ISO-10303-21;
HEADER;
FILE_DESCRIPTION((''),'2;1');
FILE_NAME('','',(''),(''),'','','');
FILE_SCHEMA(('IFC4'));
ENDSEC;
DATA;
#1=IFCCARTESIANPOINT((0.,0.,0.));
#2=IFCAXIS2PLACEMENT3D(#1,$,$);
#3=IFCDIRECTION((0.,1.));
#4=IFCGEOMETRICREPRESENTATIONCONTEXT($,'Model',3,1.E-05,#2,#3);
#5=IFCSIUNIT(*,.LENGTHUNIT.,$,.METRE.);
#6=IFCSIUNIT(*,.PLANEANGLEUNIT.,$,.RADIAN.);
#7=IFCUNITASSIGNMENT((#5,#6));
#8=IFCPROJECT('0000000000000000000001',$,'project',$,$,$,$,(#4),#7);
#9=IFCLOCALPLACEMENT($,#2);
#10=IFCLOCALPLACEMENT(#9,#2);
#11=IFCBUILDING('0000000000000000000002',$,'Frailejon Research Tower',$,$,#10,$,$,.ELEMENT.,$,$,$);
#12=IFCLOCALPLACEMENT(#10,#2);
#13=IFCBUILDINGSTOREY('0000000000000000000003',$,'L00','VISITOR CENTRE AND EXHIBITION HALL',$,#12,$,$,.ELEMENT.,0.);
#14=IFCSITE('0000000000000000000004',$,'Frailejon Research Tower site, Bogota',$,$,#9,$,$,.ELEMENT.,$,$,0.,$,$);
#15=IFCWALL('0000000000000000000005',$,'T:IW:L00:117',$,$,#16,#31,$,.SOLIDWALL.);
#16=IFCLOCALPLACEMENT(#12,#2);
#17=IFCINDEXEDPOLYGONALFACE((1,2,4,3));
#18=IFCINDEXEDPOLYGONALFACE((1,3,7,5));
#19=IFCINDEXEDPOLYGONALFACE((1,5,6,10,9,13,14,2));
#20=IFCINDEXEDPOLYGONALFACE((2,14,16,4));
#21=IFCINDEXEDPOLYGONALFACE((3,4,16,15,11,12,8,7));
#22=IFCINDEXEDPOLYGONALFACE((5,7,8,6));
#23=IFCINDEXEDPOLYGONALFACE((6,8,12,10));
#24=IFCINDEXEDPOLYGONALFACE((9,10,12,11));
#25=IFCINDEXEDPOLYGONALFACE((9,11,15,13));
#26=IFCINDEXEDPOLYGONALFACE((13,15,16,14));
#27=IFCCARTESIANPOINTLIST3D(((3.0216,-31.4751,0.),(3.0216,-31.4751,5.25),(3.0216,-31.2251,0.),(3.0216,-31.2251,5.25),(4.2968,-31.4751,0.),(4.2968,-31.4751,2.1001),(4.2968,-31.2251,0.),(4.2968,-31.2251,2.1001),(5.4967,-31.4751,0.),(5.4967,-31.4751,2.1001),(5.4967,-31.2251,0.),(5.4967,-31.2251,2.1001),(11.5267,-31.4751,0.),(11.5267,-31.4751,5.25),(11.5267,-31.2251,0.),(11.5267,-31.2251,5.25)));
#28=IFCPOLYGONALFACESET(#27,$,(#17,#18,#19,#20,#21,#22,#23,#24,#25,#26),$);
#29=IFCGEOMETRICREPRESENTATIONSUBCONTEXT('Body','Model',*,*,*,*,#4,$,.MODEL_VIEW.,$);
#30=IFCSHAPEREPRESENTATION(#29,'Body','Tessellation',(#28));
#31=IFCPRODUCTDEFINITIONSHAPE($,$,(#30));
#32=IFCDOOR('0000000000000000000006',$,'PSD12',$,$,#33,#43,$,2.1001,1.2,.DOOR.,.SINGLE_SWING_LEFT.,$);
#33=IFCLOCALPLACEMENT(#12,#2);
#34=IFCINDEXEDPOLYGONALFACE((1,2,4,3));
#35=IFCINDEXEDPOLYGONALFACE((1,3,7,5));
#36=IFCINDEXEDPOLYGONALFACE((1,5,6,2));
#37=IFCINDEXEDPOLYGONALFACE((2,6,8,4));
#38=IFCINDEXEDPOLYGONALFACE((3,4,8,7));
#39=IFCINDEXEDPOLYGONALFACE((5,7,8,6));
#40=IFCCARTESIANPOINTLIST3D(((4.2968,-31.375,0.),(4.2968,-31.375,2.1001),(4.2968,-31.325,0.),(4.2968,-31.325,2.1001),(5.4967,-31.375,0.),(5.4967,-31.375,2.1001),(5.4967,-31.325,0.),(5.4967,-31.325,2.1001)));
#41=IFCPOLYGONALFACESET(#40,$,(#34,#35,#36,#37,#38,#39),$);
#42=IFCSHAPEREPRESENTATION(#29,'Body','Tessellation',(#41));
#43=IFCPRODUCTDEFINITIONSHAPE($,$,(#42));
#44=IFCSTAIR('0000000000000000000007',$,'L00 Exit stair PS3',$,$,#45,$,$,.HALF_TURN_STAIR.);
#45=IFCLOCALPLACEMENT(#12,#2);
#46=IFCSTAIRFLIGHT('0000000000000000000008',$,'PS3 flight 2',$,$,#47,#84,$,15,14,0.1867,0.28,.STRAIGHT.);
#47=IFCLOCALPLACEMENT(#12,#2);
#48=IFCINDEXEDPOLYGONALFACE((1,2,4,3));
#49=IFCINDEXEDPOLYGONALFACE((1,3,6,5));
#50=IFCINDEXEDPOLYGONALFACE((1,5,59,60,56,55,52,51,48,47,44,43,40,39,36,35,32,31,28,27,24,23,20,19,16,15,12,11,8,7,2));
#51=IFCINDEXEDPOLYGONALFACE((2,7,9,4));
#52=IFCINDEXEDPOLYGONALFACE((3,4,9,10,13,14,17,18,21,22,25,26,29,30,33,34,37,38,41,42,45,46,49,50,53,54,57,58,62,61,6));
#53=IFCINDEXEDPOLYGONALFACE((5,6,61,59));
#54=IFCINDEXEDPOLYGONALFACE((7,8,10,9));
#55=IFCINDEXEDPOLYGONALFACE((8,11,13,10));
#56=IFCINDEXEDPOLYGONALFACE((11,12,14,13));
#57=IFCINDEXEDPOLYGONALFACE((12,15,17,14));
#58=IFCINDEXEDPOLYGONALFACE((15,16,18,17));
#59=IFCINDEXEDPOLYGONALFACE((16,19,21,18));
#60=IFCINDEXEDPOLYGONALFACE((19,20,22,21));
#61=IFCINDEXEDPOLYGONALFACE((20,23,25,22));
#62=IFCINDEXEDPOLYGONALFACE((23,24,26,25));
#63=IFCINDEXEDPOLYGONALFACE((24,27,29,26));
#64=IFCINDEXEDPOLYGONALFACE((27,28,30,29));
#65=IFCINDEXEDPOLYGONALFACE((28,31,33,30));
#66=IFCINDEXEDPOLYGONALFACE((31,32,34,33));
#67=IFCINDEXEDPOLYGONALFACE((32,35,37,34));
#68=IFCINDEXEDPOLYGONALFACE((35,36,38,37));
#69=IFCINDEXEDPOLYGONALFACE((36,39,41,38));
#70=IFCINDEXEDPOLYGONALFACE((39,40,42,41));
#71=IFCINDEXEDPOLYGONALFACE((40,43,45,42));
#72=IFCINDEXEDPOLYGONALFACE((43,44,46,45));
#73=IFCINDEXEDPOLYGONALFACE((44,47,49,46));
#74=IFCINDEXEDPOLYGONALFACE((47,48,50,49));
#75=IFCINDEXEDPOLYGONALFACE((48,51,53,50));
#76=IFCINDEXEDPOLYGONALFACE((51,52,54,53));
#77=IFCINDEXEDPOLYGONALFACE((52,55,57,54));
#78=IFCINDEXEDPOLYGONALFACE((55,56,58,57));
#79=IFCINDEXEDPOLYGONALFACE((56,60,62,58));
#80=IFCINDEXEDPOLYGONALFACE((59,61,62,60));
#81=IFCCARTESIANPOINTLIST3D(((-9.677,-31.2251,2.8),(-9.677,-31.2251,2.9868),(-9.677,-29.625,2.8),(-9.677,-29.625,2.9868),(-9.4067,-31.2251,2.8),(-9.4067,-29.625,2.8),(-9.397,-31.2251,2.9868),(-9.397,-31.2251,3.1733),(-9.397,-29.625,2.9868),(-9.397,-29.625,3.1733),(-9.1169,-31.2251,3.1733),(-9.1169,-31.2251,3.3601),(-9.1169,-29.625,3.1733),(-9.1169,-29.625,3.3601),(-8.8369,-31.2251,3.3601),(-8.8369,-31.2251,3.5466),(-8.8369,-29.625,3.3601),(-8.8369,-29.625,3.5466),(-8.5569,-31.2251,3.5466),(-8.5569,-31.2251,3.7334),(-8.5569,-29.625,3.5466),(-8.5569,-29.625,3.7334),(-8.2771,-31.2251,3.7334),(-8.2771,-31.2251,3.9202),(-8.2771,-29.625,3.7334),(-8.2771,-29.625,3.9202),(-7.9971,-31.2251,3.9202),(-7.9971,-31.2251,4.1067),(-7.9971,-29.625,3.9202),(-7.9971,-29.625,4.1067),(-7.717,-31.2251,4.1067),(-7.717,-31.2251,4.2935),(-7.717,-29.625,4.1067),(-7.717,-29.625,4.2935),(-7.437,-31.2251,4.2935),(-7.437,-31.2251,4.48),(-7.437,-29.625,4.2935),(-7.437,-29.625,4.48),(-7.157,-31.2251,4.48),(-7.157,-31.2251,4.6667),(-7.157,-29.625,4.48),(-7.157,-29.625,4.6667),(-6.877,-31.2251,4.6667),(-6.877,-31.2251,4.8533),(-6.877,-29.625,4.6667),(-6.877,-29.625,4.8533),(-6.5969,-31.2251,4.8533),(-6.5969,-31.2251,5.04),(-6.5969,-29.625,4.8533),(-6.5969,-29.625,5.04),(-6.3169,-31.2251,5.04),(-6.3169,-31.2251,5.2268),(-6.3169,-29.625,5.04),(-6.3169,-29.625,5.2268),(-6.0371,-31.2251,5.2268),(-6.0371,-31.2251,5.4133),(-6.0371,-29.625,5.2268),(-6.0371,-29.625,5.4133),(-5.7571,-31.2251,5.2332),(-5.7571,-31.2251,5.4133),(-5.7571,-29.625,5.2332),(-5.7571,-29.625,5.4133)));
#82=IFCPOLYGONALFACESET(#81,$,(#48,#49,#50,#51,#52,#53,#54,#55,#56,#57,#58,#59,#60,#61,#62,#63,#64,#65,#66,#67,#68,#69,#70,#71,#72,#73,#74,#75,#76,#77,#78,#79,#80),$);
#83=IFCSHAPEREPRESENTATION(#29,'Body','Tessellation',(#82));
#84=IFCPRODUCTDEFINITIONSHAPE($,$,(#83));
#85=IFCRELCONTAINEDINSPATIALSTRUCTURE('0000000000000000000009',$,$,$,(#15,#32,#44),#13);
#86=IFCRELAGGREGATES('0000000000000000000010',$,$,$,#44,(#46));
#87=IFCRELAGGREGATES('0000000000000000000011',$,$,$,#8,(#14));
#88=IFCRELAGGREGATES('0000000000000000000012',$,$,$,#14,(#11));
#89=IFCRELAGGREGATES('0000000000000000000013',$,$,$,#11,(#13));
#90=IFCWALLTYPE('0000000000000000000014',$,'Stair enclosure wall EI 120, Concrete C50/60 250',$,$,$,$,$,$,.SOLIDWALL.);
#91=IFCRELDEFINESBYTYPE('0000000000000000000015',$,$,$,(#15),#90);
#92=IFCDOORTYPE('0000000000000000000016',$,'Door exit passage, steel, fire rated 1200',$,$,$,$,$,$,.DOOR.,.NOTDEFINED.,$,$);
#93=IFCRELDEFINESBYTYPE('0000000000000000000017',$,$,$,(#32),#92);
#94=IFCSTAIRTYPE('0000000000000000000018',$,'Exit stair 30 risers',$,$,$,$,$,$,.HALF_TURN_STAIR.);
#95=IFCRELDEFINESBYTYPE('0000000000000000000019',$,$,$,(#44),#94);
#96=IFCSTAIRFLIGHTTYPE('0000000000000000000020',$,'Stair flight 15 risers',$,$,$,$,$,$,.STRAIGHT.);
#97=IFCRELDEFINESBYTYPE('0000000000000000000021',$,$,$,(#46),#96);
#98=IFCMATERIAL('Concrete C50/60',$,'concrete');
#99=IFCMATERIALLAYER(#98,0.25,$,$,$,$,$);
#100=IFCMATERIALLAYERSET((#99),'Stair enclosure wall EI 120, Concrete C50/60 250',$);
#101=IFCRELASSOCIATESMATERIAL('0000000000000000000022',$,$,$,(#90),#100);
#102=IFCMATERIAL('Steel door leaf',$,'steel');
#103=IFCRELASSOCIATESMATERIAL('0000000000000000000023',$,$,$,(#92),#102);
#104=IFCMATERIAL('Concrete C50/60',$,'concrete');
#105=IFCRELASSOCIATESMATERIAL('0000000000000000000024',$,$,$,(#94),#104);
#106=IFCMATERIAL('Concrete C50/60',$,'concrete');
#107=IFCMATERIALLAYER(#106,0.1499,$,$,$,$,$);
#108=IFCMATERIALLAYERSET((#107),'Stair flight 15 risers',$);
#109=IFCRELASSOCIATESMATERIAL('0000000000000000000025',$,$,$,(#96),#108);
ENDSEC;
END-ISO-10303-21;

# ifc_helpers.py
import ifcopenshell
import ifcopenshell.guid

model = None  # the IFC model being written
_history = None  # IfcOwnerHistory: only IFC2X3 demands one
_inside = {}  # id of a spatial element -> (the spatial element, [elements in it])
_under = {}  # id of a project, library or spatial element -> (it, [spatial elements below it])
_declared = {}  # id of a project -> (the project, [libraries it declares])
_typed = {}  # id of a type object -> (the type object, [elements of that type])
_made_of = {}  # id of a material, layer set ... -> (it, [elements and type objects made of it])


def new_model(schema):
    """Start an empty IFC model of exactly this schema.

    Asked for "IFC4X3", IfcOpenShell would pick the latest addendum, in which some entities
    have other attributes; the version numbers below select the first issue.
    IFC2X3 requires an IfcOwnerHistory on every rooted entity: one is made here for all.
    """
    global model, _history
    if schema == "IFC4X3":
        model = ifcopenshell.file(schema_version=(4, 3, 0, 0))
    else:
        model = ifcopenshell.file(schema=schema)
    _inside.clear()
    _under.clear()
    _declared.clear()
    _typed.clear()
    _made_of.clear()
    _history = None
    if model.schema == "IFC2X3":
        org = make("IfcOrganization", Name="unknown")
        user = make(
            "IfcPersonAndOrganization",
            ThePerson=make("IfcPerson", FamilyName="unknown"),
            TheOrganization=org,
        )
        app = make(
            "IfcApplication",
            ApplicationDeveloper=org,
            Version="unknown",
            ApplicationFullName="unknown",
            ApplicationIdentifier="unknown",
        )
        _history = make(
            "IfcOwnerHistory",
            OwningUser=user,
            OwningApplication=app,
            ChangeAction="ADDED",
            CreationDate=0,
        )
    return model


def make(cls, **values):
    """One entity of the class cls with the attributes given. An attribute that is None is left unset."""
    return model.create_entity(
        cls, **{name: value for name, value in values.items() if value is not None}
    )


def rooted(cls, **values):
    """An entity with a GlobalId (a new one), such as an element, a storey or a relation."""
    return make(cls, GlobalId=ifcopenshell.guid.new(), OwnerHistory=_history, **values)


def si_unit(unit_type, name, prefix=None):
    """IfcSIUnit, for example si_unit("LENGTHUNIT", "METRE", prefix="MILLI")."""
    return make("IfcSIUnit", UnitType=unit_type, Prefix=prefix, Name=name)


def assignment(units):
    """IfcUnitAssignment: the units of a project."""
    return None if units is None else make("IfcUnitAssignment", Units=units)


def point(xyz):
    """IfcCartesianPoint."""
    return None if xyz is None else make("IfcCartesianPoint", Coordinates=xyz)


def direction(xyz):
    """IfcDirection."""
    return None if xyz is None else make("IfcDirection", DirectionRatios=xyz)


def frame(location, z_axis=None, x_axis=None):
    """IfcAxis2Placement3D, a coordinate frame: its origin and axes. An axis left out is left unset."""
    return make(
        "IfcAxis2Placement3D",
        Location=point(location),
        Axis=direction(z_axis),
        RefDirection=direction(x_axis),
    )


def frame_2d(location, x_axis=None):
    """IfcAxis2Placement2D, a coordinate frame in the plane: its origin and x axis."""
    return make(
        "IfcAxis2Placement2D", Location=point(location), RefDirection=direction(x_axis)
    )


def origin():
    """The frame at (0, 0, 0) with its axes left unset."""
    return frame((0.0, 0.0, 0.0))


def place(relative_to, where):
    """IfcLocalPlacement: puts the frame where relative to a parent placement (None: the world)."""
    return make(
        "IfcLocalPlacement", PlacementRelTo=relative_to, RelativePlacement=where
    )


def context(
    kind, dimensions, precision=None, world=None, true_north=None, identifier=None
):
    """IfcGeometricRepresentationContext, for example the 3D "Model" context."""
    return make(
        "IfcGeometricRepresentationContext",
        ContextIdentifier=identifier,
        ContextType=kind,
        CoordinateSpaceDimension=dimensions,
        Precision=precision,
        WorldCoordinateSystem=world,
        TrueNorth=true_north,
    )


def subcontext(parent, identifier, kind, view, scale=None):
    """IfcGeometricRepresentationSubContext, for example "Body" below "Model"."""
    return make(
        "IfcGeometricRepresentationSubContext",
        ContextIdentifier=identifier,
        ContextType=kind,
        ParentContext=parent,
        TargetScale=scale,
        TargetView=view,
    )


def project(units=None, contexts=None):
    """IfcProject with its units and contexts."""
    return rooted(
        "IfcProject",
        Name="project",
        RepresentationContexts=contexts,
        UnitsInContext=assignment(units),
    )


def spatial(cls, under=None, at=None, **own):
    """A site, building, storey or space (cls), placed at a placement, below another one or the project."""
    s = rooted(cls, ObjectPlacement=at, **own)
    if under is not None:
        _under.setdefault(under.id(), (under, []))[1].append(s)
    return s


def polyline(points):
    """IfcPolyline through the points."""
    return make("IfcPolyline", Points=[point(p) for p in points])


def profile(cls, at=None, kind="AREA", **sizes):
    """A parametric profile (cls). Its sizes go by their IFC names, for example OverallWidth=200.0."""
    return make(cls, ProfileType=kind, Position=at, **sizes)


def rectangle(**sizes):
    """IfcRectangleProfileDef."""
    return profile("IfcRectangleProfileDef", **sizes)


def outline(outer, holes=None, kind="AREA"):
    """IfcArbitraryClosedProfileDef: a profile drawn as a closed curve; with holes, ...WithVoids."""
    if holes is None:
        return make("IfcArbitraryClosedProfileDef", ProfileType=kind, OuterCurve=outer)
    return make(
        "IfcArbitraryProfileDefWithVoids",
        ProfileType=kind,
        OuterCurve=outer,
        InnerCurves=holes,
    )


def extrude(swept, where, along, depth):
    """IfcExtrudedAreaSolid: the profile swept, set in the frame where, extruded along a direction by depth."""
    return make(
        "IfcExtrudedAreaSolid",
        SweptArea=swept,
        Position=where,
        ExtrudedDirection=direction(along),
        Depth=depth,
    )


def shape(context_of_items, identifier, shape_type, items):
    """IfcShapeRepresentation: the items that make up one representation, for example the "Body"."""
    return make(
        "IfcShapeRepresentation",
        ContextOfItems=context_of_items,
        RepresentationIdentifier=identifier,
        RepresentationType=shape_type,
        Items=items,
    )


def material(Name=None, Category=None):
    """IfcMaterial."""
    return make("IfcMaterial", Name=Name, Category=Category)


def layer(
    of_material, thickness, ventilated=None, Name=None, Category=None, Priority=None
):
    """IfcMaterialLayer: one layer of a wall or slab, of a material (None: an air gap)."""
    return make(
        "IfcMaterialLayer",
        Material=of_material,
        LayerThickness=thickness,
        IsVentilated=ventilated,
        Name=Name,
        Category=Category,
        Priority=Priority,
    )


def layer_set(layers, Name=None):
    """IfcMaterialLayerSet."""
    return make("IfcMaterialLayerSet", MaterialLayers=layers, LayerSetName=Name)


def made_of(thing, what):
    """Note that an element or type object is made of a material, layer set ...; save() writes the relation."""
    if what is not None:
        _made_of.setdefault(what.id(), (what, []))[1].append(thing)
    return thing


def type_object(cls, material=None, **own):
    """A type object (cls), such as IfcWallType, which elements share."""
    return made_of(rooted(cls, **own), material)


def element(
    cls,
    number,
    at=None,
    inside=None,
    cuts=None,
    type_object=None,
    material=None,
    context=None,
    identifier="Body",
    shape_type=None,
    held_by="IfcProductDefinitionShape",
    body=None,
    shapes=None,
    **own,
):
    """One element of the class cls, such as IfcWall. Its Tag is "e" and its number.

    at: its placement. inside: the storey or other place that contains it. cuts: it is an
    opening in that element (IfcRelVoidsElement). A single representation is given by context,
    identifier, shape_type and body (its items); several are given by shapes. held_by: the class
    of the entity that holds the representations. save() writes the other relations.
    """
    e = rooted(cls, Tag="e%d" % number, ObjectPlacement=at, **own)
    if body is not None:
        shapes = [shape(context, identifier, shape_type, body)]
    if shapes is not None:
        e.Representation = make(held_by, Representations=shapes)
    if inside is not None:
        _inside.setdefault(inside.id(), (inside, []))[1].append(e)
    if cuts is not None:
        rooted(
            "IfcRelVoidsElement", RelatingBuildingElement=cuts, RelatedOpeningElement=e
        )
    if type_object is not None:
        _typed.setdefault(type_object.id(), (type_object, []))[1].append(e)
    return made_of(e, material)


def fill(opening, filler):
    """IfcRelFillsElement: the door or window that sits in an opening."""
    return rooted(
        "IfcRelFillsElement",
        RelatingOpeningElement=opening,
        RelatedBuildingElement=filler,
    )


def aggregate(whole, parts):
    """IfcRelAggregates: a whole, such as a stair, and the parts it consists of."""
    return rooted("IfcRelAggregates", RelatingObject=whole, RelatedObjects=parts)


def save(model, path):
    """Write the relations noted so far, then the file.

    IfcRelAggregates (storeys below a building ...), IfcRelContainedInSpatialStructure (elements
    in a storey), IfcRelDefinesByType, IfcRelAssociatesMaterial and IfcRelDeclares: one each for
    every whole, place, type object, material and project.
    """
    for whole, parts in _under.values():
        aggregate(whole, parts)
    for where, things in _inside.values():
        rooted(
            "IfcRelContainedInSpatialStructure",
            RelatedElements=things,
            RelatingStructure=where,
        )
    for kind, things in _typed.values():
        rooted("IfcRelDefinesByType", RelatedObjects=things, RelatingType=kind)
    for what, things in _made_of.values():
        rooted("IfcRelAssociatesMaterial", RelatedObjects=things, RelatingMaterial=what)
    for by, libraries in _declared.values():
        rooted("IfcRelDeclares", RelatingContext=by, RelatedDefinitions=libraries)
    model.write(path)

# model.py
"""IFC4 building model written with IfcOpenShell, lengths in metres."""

from ifc_helpers import new_model, si_unit, direction, frame, frame_2d, origin, place, context, subcontext, project, spatial, polyline, rectangle, outline, extrude, material, layer, layer_set, type_object, element, fill, aggregate, save


model = new_model("IFC4")

# Units and contexts
model_context = context("Model", 3, precision=1e-05, world=origin(), true_north=direction((0.0, 1.0)))
body_context = subcontext(model_context, "Body", "Model", "MODEL_VIEW")
ifc_project = project(units=[si_unit("LENGTHUNIT", "METRE"), si_unit("PLANEANGLEUNIT", "RADIAN")], contexts=[model_context])

# Site, building, storey
site_placement = place(None, origin())
site = spatial("IfcSite", under=ifc_project, at=site_placement, Name="Frailejon Research Tower site, Bogota", CompositionType="ELEMENT", RefElevation=0.0)
building_placement = place(site_placement, origin())
building = spatial("IfcBuilding", under=site, at=building_placement, Name="Frailejon Research Tower", CompositionType="ELEMENT")
storey_placement = place(building_placement, origin())
storey = spatial("IfcBuildingStorey", under=building, at=storey_placement, Name="L00", Description="VISITOR CENTRE AND EXHIBITION HALL", CompositionType="ELEMENT", Elevation=0.0)

# Shared definitions
ifc_material_1 = material(Name="Concrete C50/60", Category="concrete")
ifc_layer_1 = layer(ifc_material_1, 0.25)
ifc_layer_set_1 = layer_set([ifc_layer_1], Name="Stair enclosure wall EI 120, Concrete C50/60 250")
wall_type_1 = type_object("IfcWallType", Name="Stair enclosure wall EI 120, Concrete C50/60 250", PredefinedType="SOLIDWALL", material=ifc_layer_set_1)

# Wall, opening, door
ifc_material_2 = material(Name="Steel door leaf", Category="steel")
door_type_1 = type_object("IfcDoorType", Name="Door exit passage, steel, fire rated 1200", OperationType="NOTDEFINED", PredefinedType="DOOR", material=ifc_material_2)
wall_1_placement = place(storey_placement, frame((3.0217, -31.3501, 0.0), z_axis=(0.0, 0.0, 1.0), x_axis=(1.0, 0.0, 0.0)))
wall_1 = element("IfcWall", 1, at=wall_1_placement, inside=storey, type_object=wall_type_1, Name="T:IW:L00:117", PredefinedType="SOLIDWALL", context=body_context, shape_type="SweptSolid", body=[
    extrude(rectangle(XDim=8.5051, YDim=0.25, at=frame_2d((4.2524, 0.0))), origin(), (0.0, 0.0, 1.0), 5.25),
])
opening_1_placement = place(wall_1_placement, frame((2.4751, 0.0, 0.0), z_axis=(0.0, 0.0, 1.0), x_axis=(-1.0, 0.0, 0.0)))
opening_1 = element("IfcOpeningElement", 2, at=opening_1_placement, cuts=wall_1, PredefinedType="OPENING", context=body_context, shape_type="SweptSolid", body=[
    extrude(rectangle(XDim=1.2, YDim=2.1001, at=frame_2d((0.6001, 1.05))), frame((0.0, 0.135, 0.0), z_axis=(0.0, -1.0, 0.0), x_axis=(1.0, 0.0, 0.0)), (0.0, 0.0, 1.0), 0.27),
])
door_1_placement = place(opening_1_placement, origin())
door_1 = element("IfcDoor", 3, at=door_1_placement, inside=storey, type_object=door_type_1, Name="PSD12", OperationType="SINGLE_SWING_LEFT", OverallHeight=2.1001, OverallWidth=1.2, PredefinedType="DOOR", context=body_context, shape_type="SweptSolid", body=[
    extrude(rectangle(XDim=1.2, YDim=2.1001, at=frame_2d((0.6001, 1.05))), frame((0.0, 0.0249, 0.0), z_axis=(0.0, -1.0, 0.0), x_axis=(1.0, 0.0, 0.0)), (0.0, 0.0, 1.0), 0.05),
])
fill(opening_1, door_1)

# Stair, stair flight
ifc_material_3 = material(Name="Concrete C50/60", Category="concrete")
stair_type = type_object("IfcStairType", Name="Exit stair 30 risers", PredefinedType="HALF_TURN_STAIR", material=ifc_material_3)
stair_placement = place(storey_placement, origin())
stair = element("IfcStair", 4, at=stair_placement, inside=storey, type_object=stair_type, Name="L00 Exit stair PS3", PredefinedType="HALF_TURN_STAIR")
ifc_material_4 = material(Name="Concrete C50/60", Category="concrete")
ifc_layer_2 = layer(ifc_material_4, 0.1499)
ifc_layer_set_2 = layer_set([ifc_layer_2], Name="Stair flight 15 risers")
stair_flight_type = type_object("IfcStairFlightType", Name="Stair flight 15 risers", PredefinedType="STRAIGHT", material=ifc_layer_set_2)
stair_flight_placement = place(storey_placement, frame((-9.677, -30.425, 2.8), z_axis=(0.0, 0.0, 1.0), x_axis=(1.0, 0.0, 0.0)))
stair_flight = element("IfcStairFlight", 5, at=stair_flight_placement, type_object=stair_flight_type, Name="PS3 flight 2", NumberOfRisers=15, NumberOfTreads=14, PredefinedType="STRAIGHT", RiserHeight=0.1867, TreadLength=0.28, context=body_context, shape_type="SweptSolid", body=[
    extrude(outline(polyline([(0.0, 0.0), (0.0, 0.1868), (0.28, 0.1868), (0.28, 0.3733), (0.5601, 0.3733), (0.5601, 0.5601), (0.8401, 0.5601), (0.8401, 0.7466), (1.1201, 0.7466), (1.1201, 0.9333), (1.3999, 0.9333), (1.3999, 1.1201), (1.6799, 1.1201), (1.6799, 1.3066), (1.96, 1.3066), (1.96, 1.4934), (2.24, 1.4934), (2.24, 1.6799), (2.52, 1.6799), (2.52, 1.8667), (2.8, 1.8667), (2.8, 2.0532), (3.0801, 2.0532), (3.0801, 2.24), (3.3601, 2.24), (3.3601, 2.4268), (3.6399, 2.4268), (3.6399, 2.6133), (3.9199, 2.6133), (3.9199, 2.8), (3.9199, 2.4331), (0.2703, 0.0), (0.0, 0.0)])), frame((0.0, 0.8, 0.0), z_axis=(0.0, -1.0, 0.0), x_axis=(1.0, 0.0, 0.0)), (0.0, 0.0, 1.0), 1.6001),
])
aggregate(stair, [stair_flight])

save(model, "model.ifc")
